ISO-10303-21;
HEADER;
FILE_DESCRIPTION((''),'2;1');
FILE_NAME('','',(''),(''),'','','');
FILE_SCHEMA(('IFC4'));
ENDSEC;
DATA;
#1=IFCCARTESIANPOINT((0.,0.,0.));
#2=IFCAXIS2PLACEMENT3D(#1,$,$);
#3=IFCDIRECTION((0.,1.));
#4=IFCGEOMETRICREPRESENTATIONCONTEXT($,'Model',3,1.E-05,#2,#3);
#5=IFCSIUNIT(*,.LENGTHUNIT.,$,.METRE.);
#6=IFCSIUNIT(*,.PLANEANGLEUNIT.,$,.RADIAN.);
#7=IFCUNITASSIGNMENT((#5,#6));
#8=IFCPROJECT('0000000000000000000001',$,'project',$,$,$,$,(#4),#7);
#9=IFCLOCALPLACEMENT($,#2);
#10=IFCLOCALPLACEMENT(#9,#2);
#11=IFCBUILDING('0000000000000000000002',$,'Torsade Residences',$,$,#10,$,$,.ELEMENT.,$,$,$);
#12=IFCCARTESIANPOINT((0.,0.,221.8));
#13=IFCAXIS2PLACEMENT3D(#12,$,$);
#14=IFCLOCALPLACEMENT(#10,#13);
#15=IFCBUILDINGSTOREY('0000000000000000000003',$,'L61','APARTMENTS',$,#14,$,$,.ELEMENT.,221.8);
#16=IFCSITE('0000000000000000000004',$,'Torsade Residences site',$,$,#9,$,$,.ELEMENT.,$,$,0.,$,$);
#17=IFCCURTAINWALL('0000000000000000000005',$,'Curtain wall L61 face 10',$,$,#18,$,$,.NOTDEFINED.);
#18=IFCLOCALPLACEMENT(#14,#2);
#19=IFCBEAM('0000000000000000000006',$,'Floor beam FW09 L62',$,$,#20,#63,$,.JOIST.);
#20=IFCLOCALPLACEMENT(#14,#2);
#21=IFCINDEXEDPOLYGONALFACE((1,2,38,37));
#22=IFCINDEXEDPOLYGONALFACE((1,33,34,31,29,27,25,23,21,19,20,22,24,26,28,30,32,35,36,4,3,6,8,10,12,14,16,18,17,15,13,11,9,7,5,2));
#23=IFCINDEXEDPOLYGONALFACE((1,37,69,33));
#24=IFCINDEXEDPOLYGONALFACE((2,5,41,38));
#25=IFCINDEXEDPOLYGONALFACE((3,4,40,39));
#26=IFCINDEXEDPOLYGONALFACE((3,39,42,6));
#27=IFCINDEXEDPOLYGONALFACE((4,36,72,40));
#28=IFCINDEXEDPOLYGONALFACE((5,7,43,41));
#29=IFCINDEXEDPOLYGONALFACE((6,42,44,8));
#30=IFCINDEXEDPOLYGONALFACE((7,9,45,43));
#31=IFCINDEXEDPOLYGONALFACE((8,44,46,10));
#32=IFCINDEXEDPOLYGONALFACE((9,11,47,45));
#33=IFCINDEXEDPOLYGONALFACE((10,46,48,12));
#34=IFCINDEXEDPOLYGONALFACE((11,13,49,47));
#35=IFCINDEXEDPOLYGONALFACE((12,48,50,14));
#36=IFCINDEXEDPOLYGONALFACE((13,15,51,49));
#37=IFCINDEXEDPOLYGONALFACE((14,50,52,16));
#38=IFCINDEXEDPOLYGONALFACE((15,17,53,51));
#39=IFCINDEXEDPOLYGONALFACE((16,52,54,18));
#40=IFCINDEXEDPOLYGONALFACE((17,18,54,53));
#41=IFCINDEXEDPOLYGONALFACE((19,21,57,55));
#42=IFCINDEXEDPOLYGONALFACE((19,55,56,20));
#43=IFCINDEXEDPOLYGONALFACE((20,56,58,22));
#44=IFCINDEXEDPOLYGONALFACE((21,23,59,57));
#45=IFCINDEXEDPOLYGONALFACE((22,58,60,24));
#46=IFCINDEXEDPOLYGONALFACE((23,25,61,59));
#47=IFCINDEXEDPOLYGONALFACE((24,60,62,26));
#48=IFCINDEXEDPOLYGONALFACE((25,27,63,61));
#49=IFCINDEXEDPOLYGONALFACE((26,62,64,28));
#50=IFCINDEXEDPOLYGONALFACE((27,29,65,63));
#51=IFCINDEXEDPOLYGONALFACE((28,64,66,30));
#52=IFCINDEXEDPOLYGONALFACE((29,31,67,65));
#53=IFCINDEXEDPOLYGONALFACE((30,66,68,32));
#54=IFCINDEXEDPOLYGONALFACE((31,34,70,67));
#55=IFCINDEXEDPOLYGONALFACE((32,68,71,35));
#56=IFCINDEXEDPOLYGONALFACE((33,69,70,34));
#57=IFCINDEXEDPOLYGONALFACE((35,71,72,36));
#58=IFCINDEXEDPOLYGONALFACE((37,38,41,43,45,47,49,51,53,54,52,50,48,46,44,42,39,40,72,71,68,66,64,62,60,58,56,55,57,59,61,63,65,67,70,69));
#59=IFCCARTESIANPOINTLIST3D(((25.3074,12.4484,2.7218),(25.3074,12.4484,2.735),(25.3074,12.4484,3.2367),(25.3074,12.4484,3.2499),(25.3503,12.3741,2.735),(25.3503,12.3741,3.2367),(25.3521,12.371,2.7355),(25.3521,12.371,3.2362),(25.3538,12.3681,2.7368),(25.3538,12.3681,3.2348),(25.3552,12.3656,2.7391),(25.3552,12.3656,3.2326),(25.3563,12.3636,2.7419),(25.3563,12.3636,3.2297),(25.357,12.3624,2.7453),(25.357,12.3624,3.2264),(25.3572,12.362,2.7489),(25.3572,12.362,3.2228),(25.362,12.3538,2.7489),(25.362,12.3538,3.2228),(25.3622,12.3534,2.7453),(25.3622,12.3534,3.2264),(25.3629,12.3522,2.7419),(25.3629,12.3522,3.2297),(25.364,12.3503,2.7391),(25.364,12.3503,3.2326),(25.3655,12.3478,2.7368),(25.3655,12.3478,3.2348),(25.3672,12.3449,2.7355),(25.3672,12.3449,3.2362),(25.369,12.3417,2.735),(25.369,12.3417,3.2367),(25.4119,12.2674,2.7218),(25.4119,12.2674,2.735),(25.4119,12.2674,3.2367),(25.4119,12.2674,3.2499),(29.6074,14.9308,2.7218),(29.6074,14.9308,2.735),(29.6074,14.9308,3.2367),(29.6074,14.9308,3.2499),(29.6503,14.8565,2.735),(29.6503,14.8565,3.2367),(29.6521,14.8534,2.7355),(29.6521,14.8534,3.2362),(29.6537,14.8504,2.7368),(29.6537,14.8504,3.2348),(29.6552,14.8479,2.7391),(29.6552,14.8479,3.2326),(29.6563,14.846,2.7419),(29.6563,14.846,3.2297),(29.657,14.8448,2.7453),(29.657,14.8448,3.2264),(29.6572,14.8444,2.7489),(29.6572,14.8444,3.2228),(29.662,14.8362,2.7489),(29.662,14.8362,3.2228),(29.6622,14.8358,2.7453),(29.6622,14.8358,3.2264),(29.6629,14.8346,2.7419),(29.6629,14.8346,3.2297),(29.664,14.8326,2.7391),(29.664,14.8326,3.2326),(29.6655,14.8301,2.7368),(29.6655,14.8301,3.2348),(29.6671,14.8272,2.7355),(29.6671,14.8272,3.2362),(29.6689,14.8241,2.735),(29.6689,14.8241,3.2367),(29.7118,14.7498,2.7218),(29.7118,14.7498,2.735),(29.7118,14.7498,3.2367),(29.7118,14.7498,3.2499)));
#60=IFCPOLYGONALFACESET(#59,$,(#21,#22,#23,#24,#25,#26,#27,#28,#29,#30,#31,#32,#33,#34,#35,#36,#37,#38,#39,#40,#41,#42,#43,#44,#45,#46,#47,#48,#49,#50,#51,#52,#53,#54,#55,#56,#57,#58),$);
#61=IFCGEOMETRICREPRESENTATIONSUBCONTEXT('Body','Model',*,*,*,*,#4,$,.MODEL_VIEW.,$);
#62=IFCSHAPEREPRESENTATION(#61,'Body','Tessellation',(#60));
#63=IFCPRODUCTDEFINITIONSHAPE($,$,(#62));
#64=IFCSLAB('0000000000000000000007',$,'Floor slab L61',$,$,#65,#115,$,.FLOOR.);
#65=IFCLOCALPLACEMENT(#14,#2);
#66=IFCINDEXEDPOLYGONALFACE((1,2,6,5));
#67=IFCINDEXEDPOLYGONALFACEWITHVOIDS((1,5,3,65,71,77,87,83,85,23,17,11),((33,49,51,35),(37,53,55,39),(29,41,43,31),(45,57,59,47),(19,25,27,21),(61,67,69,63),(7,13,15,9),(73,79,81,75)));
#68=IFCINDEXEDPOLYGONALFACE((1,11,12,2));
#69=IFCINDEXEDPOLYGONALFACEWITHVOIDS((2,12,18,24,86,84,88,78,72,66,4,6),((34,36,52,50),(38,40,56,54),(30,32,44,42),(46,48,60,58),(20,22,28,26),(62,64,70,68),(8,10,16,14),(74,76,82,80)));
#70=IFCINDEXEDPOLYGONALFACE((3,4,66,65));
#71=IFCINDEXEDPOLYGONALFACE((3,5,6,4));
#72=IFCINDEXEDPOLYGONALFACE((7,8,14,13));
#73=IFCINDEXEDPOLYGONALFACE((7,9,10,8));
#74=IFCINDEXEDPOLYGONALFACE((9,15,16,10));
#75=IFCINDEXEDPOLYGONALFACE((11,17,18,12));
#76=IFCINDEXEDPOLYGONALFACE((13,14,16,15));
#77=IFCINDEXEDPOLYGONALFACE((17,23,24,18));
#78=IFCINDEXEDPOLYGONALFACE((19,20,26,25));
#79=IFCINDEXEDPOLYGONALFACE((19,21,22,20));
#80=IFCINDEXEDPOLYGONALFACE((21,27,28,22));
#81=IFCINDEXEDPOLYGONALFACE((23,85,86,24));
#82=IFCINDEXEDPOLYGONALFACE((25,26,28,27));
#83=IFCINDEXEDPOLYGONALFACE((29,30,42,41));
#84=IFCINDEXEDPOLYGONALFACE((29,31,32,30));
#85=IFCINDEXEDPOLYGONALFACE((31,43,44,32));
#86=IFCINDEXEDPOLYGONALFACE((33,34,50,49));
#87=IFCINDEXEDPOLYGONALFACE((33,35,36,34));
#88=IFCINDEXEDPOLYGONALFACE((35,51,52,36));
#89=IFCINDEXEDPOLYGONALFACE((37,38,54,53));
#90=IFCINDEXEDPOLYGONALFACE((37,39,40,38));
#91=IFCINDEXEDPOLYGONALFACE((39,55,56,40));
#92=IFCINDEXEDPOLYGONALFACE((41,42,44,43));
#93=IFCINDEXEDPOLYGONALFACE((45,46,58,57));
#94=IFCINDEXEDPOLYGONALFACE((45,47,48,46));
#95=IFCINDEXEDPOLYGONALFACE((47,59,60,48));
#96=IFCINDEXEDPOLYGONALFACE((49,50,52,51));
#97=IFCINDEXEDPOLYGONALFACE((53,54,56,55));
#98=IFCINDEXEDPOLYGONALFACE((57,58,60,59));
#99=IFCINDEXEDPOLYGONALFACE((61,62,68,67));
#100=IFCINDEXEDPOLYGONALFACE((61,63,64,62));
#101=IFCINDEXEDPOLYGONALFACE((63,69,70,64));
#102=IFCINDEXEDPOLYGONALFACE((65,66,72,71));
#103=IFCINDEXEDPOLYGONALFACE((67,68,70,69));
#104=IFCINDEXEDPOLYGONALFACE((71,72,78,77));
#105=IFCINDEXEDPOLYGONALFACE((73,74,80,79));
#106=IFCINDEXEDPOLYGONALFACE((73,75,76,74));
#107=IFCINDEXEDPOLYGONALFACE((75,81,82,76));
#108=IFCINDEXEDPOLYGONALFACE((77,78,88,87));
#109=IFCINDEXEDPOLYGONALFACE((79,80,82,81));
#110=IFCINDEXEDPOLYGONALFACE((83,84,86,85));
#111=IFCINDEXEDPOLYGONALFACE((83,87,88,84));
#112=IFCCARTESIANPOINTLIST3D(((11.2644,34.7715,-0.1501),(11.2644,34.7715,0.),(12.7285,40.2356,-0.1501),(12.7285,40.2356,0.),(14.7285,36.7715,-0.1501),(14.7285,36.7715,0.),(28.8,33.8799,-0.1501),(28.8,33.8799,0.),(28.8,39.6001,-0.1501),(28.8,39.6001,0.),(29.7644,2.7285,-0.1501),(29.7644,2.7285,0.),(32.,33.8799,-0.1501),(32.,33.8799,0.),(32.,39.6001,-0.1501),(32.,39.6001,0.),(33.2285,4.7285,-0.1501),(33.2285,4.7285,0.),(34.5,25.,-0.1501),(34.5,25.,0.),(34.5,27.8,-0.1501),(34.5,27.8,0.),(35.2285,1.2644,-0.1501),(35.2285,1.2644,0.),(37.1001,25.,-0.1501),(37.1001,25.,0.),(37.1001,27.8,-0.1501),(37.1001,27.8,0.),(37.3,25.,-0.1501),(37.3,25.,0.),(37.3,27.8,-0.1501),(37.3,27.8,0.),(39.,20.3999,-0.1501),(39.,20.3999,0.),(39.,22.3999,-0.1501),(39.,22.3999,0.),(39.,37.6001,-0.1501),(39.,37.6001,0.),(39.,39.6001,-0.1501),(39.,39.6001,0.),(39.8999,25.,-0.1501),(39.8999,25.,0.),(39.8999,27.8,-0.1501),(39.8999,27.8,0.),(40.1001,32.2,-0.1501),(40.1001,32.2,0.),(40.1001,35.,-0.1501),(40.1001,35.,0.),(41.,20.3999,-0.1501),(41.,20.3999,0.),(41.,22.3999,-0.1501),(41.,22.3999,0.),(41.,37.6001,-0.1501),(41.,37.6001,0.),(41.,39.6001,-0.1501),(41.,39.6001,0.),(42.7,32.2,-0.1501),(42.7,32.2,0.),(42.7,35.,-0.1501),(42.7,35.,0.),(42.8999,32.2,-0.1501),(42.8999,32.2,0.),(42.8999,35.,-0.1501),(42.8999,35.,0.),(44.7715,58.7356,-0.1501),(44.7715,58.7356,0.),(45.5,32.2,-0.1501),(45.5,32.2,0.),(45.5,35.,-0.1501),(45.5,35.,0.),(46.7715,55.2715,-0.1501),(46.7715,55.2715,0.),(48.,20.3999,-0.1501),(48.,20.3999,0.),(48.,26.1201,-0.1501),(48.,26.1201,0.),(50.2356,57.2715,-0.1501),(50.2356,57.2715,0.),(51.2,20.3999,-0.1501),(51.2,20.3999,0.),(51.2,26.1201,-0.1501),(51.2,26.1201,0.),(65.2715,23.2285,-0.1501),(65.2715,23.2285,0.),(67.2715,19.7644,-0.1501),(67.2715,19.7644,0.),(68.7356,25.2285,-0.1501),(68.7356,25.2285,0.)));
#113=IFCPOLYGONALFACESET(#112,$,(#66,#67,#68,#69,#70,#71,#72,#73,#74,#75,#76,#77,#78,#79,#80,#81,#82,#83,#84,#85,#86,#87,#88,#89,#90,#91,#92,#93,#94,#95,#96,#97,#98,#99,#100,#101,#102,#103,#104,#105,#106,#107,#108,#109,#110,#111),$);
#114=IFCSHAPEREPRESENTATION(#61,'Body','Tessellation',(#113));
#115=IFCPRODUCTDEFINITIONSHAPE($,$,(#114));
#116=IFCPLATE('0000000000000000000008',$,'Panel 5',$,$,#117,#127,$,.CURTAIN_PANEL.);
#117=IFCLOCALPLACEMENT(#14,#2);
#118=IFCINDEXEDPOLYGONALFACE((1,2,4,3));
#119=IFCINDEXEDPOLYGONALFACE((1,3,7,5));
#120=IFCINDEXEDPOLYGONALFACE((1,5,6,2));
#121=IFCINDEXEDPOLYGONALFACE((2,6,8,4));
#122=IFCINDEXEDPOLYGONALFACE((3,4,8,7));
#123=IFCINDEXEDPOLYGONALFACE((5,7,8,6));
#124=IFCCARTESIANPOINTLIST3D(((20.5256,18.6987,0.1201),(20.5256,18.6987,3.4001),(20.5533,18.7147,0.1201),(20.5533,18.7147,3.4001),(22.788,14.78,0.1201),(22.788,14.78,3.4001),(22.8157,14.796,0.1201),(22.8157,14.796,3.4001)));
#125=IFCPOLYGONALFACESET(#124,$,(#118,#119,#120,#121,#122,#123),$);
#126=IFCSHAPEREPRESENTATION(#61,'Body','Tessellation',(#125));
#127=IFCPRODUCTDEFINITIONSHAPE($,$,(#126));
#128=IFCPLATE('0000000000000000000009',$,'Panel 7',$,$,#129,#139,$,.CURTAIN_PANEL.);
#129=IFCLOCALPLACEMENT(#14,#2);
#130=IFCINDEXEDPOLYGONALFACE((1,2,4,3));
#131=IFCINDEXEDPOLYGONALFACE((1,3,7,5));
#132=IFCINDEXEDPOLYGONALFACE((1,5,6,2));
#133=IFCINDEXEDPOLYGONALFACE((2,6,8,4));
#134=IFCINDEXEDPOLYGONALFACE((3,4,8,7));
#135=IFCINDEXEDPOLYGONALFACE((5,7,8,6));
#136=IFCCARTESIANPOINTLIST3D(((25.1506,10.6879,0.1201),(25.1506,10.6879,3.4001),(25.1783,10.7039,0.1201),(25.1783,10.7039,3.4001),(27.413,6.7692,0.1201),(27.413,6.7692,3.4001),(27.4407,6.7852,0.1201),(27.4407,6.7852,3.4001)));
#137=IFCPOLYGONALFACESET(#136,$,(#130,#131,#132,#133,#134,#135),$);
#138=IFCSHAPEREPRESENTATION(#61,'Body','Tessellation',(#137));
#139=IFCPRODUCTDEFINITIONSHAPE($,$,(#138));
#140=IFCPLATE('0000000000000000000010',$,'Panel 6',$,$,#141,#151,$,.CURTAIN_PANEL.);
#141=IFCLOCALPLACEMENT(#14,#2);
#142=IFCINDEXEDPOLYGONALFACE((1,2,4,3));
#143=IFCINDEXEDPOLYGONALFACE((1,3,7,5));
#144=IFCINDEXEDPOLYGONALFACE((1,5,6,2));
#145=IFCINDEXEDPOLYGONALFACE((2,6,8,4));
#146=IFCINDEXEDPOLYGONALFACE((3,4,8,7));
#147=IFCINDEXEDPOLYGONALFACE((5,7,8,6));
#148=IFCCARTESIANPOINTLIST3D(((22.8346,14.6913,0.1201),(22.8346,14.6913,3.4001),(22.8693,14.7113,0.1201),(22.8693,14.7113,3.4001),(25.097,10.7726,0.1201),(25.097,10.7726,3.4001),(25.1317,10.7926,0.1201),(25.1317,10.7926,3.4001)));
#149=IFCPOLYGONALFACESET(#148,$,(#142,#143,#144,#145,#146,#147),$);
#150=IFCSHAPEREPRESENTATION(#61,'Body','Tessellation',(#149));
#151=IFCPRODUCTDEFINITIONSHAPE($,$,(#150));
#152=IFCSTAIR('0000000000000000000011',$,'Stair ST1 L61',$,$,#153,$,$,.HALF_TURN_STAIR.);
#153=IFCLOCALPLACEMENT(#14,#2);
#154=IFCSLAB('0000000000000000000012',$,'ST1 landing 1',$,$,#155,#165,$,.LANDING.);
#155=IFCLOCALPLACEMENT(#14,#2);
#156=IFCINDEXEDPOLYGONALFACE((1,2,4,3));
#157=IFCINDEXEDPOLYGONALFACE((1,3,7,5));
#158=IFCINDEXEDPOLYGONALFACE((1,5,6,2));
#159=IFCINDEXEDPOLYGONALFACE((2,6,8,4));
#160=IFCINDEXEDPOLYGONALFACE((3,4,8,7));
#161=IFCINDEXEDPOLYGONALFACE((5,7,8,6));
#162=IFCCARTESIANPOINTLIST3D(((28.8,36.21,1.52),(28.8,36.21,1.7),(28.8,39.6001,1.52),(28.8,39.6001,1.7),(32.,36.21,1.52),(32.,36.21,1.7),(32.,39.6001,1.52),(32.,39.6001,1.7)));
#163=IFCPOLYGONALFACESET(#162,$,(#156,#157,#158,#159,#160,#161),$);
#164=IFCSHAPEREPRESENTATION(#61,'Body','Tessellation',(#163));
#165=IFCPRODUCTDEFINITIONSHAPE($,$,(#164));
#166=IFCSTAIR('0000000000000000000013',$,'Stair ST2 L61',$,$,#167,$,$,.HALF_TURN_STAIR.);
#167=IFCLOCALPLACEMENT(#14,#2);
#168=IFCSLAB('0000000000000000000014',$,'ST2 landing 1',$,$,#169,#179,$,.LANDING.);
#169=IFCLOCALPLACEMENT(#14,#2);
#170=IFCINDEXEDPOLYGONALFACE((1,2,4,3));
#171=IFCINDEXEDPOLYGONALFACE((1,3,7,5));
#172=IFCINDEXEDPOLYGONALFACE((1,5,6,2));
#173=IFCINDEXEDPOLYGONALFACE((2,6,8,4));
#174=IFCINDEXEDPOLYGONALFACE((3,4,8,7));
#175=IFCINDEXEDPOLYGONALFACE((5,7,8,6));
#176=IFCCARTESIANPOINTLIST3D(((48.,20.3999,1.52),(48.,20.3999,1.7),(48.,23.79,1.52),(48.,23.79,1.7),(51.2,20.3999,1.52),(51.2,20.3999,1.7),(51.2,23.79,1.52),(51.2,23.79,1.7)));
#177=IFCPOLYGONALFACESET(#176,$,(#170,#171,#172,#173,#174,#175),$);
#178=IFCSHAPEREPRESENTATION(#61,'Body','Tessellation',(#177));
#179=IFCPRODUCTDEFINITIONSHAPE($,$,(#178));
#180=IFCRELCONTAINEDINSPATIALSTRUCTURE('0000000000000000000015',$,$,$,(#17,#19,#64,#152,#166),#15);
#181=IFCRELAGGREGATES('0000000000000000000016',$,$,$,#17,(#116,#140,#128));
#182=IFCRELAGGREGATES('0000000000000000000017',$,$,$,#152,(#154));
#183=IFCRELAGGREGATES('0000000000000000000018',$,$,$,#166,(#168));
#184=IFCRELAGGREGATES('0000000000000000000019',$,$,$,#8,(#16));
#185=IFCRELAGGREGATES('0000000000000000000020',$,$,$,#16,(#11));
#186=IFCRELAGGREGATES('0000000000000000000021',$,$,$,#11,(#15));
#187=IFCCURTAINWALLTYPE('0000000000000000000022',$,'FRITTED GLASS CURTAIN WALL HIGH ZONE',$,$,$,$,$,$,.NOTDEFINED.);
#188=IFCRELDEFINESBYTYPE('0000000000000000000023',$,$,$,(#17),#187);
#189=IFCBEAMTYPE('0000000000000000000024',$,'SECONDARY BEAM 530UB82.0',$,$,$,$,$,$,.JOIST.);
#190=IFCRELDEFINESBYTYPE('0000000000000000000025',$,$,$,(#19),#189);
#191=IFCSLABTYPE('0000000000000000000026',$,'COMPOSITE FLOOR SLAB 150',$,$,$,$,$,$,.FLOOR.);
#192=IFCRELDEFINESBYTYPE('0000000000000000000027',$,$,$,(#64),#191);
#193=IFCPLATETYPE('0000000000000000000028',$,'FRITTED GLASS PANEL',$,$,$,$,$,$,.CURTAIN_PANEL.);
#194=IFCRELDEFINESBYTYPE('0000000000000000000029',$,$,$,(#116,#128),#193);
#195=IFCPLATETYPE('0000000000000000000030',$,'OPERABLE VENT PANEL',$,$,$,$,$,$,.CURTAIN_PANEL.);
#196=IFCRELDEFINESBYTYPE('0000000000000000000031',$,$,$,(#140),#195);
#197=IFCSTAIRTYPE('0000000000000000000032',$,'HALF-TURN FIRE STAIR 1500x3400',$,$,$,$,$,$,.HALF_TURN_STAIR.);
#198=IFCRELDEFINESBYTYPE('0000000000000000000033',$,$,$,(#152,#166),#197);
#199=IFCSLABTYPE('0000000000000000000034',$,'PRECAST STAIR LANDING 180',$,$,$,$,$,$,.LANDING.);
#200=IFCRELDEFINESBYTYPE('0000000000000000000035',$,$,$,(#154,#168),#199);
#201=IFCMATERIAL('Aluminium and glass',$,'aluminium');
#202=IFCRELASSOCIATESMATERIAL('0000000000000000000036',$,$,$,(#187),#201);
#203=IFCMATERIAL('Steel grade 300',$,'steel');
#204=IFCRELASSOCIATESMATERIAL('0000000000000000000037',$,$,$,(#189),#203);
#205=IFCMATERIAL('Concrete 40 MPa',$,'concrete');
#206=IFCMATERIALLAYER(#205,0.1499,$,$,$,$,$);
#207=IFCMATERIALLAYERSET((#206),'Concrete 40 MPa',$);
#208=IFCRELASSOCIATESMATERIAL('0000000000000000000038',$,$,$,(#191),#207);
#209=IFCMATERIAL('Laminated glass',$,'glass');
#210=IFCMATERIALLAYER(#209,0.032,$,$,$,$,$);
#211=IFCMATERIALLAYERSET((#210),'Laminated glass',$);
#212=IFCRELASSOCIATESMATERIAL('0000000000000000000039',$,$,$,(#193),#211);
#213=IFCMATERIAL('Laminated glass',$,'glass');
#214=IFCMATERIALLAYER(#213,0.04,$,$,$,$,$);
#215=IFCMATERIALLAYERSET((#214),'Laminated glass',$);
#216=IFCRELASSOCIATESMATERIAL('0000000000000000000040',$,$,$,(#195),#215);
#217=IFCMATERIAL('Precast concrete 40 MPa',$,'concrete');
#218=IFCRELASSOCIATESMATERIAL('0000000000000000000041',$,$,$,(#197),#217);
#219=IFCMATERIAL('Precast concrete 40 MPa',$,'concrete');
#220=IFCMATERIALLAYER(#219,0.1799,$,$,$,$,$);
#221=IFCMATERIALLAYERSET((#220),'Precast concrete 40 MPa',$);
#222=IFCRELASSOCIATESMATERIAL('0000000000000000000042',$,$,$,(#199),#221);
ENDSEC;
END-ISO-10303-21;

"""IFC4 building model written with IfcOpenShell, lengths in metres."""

from ifc_helpers import new_model, si_unit, direction, frame, origin, origin_2d, place, context, subcontext, project, spatial, polyline, rectangle, i_section, outline, extrude, material, layer, layer_set, material_profile, profile_set, type_object, element, aggregate, save


model = new_model("IFC4")

# Units and contexts
model_context = context("Model", 3, precision=1e-05, world=origin(), true_north=direction((0.0, 1.0)))
body_context = subcontext(model_context, "Body", "Model", "MODEL_VIEW")
ifc_project = project(units=[si_unit("LENGTHUNIT", "METRE"), si_unit("PLANEANGLEUNIT", "RADIAN")], contexts=[model_context])

# Site, building, storey
site_placement = place(None, origin())
site = spatial("IfcSite", under=ifc_project, at=site_placement, Name="Torsade Residences site", CompositionType="ELEMENT", RefElevation=0.0)
building_placement = place(site_placement, origin())
building = spatial("IfcBuilding", under=site, at=building_placement, Name="Torsade Residences", CompositionType="ELEMENT")
storey_placement = place(building_placement, frame((0.0, 0.0, 221.8)))
storey = spatial("IfcBuildingStorey", under=building, at=storey_placement, Name="L61", Description="APARTMENTS", CompositionType="ELEMENT", Elevation=221.8)

# Curtain wall
ifc_material_1 = material(Name="Aluminium and glass", Category="aluminium")
curtain_wall_type = type_object("IfcCurtainWallType", Name="FRITTED GLASS CURTAIN WALL HIGH ZONE", PredefinedType="NOTDEFINED", material=ifc_material_1)
curtain_wall_placement = place(storey_placement, origin())
curtain_wall = element("IfcCurtainWall", 1, at=curtain_wall_placement, inside=storey, type_object=curtain_wall_type, Name="Curtain wall L61 face 10", PredefinedType="NOTDEFINED")

# Beam
ifc_material_2 = material(Name="Steel grade 300", Category="steel")
ifc_material_profile_1 = material_profile(ifc_material_2, i_section(OverallWidth=0.209, OverallDepth=0.5281, WebThickness=0.0095, FlangeThickness=0.0132, FilletRadius=0.0139, at=origin_2d()), Name="530UB82.0")
ifc_profile_set_1 = profile_set([ifc_material_profile_1], Name="Steel grade 300")
beam_type_1 = type_object("IfcBeamType", Name="SECONDARY BEAM 530UB82.0", PredefinedType="JOIST", material=ifc_profile_set_1)
beam_1_placement = place(storey_placement, frame((25.3596, 12.3579, 2.9858), z_axis=(0.866044, 0.499968, 0.0), x_axis=(-0.499968, 0.866044, 0.0)))
element("IfcBeam", 2, at=beam_1_placement, inside=storey, type_object=beam_type_1, Name="Floor beam FW09 L62", PredefinedType="JOIST", context=body_context, shape_type="SweptSolid", body=[
    extrude(i_section(OverallWidth=0.209, OverallDepth=0.5281, WebThickness=0.0095, FlangeThickness=0.0132, FilletRadius=0.0139, at=origin_2d()), origin(), (0.0, 0.0, 1.0), 4.9651),
])

# Slab
ifc_material_3 = material(Name="Concrete 40 MPa", Category="concrete")
ifc_layer_1 = layer(ifc_material_3, 0.1499)
ifc_layer_set_1 = layer_set([ifc_layer_1], Name="Concrete 40 MPa")
slab_type_1 = type_object("IfcSlabType", Name="COMPOSITE FLOOR SLAB 150", PredefinedType="FLOOR", material=ifc_layer_set_1)
slab_1_placement = place(storey_placement, frame((0.0, 0.0, -0.1501)))
element("IfcSlab", 3, at=slab_1_placement, inside=storey, type_object=slab_type_1, Name="Floor slab L61", PredefinedType="FLOOR", context=body_context, shape_type="SweptSolid", body=[
    extrude(outline(polyline([(35.2285, 1.2644), (67.2715, 19.7644), (65.2715, 23.2285), (68.7356, 25.2285), (50.2356, 57.2715), (46.7715, 55.2715), (44.7715, 58.7356), (12.7285, 40.2356), (14.7285, 36.7715), (11.2644, 34.7715), (29.7644, 2.7285), (33.2285, 4.7285), (35.2285, 1.2644)]), holes=[polyline([(51.2, 26.1201), (48.0, 26.1201), (48.0, 20.3999), (51.2, 20.3999), (51.2, 26.1201)]), polyline([(45.5, 35.0), (42.8999, 35.0), (42.8999, 32.2), (45.5, 32.2), (45.5, 35.0)]), polyline([(42.7, 35.0), (40.1001, 35.0), (40.1001, 32.2), (42.7, 32.2), (42.7, 35.0)]), polyline([(41.0, 22.3999), (39.0, 22.3999), (39.0, 20.3999), (41.0, 20.3999), (41.0, 22.3999)]), polyline([(41.0, 39.6001), (39.0, 39.6001), (39.0, 37.6001), (41.0, 37.6001), (41.0, 39.6001)]), polyline([(39.8999, 27.8), (37.3, 27.8), (37.3, 25.0), (39.8999, 25.0), (39.8999, 27.8)]), polyline([(37.1001, 27.8), (34.5, 27.8), (34.5, 25.0), (37.1001, 25.0), (37.1001, 27.8)]), polyline([(32.0, 39.6001), (28.8, 39.6001), (28.8, 33.8799), (32.0, 33.8799), (32.0, 39.6001)])]), origin(), (0.0, 0.0, 1.0), 0.1501),
])

# Plates
ifc_material_4 = material(Name="Laminated glass", Category="glass")
ifc_layer_2 = layer(ifc_material_4, 0.032)
ifc_layer_set_2 = layer_set([ifc_layer_2], Name="Laminated glass")
plate_type_1 = type_object("IfcPlateType", Name="FRITTED GLASS PANEL", PredefinedType="CURTAIN_PANEL", material=ifc_layer_set_2)
plate_1_placement = place(storey_placement, frame((21.6707, 16.7473, 0.1201), z_axis=(0.0, 0.0, 1.0), x_axis=(0.5, -0.866025, 0.0)))
plate_1 = element("IfcPlate", 4, at=plate_1_placement, type_object=plate_type_1, Name="Panel 5", PredefinedType="CURTAIN_PANEL", context=body_context, shape_type="SweptSolid", body=[
    extrude(rectangle(XDim=4.5249, YDim=0.032, at=origin_2d()), origin(), (0.0, 0.0, 1.0), 3.28),
])
plate_2_placement = place(storey_placement, frame((26.2957, 8.7366, 0.1201), z_axis=(0.0, 0.0, 1.0), x_axis=(0.5, -0.866025, 0.0)))
plate_2 = element("IfcPlate", 5, at=plate_2_placement, type_object=plate_type_1, Name="Panel 7", PredefinedType="CURTAIN_PANEL", context=body_context, shape_type="SweptSolid", body=[
    extrude(rectangle(XDim=4.5249, YDim=0.032, at=origin_2d()), origin(), (0.0, 0.0, 1.0), 3.28),
])
ifc_material_5 = material(Name="Laminated glass", Category="glass")
ifc_layer_3 = layer(ifc_material_5, 0.04)
ifc_layer_set_3 = layer_set([ifc_layer_3], Name="Laminated glass")
plate_type_2 = type_object("IfcPlateType", Name="OPERABLE VENT PANEL", PredefinedType="CURTAIN_PANEL", material=ifc_layer_set_3)
plate_3_placement = place(storey_placement, frame((23.9832, 12.7419, 0.1201), z_axis=(0.0, 0.0, 1.0), x_axis=(0.5, -0.866025, 0.0)))
plate_3 = element("IfcPlate", 6, at=plate_3_placement, type_object=plate_type_2, Name="Panel 6", PredefinedType="CURTAIN_PANEL", context=body_context, shape_type="SweptSolid", body=[
    extrude(rectangle(XDim=4.5249, YDim=0.04, at=origin_2d()), origin(), (0.0, 0.0, 1.0), 3.28),
])
aggregate(curtain_wall, [plate_1, plate_3, plate_2])

# Stairs, slabs
ifc_material_6 = material(Name="Precast concrete 40 MPa", Category="concrete")
stair_type = type_object("IfcStairType", Name="HALF-TURN FIRE STAIR 1500x3400", PredefinedType="HALF_TURN_STAIR", material=ifc_material_6)
stair_1_placement = place(storey_placement, origin())
stair_1 = element("IfcStair", 7, at=stair_1_placement, inside=storey, type_object=stair_type, Name="Stair ST1 L61", PredefinedType="HALF_TURN_STAIR")
ifc_material_7 = material(Name="Precast concrete 40 MPa", Category="concrete")
ifc_layer_4 = layer(ifc_material_7, 0.1799)
ifc_layer_set_4 = layer_set([ifc_layer_4], Name="Precast concrete 40 MPa")
slab_type_2 = type_object("IfcSlabType", Name="PRECAST STAIR LANDING 180", PredefinedType="LANDING", material=ifc_layer_set_4)
slab_2_placement = place(storey_placement, frame((0.0, 0.0, 1.52)))
slab_2 = element("IfcSlab", 8, at=slab_2_placement, type_object=slab_type_2, Name="ST1 landing 1", PredefinedType="LANDING", context=body_context, shape_type="SweptSolid", body=[
    extrude(outline(polyline([(28.8, 36.21), (32.0, 36.21), (32.0, 39.6001), (28.8, 39.6001), (28.8, 36.21)])), origin(), (0.0, 0.0, 1.0), 0.1799),
])
aggregate(stair_1, [slab_2])
stair_2_placement = place(storey_placement, origin())
stair_2 = element("IfcStair", 9, at=stair_2_placement, inside=storey, type_object=stair_type, Name="Stair ST2 L61", PredefinedType="HALF_TURN_STAIR")
slab_3_placement = place(storey_placement, frame((0.0, 0.0, 1.52)))
slab_3 = element("IfcSlab", 10, at=slab_3_placement, type_object=slab_type_2, Name="ST2 landing 1", PredefinedType="LANDING", context=body_context, shape_type="SweptSolid", body=[
    extrude(outline(polyline([(48.0, 20.3999), (51.2, 20.3999), (51.2, 23.79), (48.0, 23.79), (48.0, 20.3999)])), origin(), (0.0, 0.0, 1.0), 0.1799),
])
aggregate(stair_2, [slab_3])

save(model, "model.ifc")
